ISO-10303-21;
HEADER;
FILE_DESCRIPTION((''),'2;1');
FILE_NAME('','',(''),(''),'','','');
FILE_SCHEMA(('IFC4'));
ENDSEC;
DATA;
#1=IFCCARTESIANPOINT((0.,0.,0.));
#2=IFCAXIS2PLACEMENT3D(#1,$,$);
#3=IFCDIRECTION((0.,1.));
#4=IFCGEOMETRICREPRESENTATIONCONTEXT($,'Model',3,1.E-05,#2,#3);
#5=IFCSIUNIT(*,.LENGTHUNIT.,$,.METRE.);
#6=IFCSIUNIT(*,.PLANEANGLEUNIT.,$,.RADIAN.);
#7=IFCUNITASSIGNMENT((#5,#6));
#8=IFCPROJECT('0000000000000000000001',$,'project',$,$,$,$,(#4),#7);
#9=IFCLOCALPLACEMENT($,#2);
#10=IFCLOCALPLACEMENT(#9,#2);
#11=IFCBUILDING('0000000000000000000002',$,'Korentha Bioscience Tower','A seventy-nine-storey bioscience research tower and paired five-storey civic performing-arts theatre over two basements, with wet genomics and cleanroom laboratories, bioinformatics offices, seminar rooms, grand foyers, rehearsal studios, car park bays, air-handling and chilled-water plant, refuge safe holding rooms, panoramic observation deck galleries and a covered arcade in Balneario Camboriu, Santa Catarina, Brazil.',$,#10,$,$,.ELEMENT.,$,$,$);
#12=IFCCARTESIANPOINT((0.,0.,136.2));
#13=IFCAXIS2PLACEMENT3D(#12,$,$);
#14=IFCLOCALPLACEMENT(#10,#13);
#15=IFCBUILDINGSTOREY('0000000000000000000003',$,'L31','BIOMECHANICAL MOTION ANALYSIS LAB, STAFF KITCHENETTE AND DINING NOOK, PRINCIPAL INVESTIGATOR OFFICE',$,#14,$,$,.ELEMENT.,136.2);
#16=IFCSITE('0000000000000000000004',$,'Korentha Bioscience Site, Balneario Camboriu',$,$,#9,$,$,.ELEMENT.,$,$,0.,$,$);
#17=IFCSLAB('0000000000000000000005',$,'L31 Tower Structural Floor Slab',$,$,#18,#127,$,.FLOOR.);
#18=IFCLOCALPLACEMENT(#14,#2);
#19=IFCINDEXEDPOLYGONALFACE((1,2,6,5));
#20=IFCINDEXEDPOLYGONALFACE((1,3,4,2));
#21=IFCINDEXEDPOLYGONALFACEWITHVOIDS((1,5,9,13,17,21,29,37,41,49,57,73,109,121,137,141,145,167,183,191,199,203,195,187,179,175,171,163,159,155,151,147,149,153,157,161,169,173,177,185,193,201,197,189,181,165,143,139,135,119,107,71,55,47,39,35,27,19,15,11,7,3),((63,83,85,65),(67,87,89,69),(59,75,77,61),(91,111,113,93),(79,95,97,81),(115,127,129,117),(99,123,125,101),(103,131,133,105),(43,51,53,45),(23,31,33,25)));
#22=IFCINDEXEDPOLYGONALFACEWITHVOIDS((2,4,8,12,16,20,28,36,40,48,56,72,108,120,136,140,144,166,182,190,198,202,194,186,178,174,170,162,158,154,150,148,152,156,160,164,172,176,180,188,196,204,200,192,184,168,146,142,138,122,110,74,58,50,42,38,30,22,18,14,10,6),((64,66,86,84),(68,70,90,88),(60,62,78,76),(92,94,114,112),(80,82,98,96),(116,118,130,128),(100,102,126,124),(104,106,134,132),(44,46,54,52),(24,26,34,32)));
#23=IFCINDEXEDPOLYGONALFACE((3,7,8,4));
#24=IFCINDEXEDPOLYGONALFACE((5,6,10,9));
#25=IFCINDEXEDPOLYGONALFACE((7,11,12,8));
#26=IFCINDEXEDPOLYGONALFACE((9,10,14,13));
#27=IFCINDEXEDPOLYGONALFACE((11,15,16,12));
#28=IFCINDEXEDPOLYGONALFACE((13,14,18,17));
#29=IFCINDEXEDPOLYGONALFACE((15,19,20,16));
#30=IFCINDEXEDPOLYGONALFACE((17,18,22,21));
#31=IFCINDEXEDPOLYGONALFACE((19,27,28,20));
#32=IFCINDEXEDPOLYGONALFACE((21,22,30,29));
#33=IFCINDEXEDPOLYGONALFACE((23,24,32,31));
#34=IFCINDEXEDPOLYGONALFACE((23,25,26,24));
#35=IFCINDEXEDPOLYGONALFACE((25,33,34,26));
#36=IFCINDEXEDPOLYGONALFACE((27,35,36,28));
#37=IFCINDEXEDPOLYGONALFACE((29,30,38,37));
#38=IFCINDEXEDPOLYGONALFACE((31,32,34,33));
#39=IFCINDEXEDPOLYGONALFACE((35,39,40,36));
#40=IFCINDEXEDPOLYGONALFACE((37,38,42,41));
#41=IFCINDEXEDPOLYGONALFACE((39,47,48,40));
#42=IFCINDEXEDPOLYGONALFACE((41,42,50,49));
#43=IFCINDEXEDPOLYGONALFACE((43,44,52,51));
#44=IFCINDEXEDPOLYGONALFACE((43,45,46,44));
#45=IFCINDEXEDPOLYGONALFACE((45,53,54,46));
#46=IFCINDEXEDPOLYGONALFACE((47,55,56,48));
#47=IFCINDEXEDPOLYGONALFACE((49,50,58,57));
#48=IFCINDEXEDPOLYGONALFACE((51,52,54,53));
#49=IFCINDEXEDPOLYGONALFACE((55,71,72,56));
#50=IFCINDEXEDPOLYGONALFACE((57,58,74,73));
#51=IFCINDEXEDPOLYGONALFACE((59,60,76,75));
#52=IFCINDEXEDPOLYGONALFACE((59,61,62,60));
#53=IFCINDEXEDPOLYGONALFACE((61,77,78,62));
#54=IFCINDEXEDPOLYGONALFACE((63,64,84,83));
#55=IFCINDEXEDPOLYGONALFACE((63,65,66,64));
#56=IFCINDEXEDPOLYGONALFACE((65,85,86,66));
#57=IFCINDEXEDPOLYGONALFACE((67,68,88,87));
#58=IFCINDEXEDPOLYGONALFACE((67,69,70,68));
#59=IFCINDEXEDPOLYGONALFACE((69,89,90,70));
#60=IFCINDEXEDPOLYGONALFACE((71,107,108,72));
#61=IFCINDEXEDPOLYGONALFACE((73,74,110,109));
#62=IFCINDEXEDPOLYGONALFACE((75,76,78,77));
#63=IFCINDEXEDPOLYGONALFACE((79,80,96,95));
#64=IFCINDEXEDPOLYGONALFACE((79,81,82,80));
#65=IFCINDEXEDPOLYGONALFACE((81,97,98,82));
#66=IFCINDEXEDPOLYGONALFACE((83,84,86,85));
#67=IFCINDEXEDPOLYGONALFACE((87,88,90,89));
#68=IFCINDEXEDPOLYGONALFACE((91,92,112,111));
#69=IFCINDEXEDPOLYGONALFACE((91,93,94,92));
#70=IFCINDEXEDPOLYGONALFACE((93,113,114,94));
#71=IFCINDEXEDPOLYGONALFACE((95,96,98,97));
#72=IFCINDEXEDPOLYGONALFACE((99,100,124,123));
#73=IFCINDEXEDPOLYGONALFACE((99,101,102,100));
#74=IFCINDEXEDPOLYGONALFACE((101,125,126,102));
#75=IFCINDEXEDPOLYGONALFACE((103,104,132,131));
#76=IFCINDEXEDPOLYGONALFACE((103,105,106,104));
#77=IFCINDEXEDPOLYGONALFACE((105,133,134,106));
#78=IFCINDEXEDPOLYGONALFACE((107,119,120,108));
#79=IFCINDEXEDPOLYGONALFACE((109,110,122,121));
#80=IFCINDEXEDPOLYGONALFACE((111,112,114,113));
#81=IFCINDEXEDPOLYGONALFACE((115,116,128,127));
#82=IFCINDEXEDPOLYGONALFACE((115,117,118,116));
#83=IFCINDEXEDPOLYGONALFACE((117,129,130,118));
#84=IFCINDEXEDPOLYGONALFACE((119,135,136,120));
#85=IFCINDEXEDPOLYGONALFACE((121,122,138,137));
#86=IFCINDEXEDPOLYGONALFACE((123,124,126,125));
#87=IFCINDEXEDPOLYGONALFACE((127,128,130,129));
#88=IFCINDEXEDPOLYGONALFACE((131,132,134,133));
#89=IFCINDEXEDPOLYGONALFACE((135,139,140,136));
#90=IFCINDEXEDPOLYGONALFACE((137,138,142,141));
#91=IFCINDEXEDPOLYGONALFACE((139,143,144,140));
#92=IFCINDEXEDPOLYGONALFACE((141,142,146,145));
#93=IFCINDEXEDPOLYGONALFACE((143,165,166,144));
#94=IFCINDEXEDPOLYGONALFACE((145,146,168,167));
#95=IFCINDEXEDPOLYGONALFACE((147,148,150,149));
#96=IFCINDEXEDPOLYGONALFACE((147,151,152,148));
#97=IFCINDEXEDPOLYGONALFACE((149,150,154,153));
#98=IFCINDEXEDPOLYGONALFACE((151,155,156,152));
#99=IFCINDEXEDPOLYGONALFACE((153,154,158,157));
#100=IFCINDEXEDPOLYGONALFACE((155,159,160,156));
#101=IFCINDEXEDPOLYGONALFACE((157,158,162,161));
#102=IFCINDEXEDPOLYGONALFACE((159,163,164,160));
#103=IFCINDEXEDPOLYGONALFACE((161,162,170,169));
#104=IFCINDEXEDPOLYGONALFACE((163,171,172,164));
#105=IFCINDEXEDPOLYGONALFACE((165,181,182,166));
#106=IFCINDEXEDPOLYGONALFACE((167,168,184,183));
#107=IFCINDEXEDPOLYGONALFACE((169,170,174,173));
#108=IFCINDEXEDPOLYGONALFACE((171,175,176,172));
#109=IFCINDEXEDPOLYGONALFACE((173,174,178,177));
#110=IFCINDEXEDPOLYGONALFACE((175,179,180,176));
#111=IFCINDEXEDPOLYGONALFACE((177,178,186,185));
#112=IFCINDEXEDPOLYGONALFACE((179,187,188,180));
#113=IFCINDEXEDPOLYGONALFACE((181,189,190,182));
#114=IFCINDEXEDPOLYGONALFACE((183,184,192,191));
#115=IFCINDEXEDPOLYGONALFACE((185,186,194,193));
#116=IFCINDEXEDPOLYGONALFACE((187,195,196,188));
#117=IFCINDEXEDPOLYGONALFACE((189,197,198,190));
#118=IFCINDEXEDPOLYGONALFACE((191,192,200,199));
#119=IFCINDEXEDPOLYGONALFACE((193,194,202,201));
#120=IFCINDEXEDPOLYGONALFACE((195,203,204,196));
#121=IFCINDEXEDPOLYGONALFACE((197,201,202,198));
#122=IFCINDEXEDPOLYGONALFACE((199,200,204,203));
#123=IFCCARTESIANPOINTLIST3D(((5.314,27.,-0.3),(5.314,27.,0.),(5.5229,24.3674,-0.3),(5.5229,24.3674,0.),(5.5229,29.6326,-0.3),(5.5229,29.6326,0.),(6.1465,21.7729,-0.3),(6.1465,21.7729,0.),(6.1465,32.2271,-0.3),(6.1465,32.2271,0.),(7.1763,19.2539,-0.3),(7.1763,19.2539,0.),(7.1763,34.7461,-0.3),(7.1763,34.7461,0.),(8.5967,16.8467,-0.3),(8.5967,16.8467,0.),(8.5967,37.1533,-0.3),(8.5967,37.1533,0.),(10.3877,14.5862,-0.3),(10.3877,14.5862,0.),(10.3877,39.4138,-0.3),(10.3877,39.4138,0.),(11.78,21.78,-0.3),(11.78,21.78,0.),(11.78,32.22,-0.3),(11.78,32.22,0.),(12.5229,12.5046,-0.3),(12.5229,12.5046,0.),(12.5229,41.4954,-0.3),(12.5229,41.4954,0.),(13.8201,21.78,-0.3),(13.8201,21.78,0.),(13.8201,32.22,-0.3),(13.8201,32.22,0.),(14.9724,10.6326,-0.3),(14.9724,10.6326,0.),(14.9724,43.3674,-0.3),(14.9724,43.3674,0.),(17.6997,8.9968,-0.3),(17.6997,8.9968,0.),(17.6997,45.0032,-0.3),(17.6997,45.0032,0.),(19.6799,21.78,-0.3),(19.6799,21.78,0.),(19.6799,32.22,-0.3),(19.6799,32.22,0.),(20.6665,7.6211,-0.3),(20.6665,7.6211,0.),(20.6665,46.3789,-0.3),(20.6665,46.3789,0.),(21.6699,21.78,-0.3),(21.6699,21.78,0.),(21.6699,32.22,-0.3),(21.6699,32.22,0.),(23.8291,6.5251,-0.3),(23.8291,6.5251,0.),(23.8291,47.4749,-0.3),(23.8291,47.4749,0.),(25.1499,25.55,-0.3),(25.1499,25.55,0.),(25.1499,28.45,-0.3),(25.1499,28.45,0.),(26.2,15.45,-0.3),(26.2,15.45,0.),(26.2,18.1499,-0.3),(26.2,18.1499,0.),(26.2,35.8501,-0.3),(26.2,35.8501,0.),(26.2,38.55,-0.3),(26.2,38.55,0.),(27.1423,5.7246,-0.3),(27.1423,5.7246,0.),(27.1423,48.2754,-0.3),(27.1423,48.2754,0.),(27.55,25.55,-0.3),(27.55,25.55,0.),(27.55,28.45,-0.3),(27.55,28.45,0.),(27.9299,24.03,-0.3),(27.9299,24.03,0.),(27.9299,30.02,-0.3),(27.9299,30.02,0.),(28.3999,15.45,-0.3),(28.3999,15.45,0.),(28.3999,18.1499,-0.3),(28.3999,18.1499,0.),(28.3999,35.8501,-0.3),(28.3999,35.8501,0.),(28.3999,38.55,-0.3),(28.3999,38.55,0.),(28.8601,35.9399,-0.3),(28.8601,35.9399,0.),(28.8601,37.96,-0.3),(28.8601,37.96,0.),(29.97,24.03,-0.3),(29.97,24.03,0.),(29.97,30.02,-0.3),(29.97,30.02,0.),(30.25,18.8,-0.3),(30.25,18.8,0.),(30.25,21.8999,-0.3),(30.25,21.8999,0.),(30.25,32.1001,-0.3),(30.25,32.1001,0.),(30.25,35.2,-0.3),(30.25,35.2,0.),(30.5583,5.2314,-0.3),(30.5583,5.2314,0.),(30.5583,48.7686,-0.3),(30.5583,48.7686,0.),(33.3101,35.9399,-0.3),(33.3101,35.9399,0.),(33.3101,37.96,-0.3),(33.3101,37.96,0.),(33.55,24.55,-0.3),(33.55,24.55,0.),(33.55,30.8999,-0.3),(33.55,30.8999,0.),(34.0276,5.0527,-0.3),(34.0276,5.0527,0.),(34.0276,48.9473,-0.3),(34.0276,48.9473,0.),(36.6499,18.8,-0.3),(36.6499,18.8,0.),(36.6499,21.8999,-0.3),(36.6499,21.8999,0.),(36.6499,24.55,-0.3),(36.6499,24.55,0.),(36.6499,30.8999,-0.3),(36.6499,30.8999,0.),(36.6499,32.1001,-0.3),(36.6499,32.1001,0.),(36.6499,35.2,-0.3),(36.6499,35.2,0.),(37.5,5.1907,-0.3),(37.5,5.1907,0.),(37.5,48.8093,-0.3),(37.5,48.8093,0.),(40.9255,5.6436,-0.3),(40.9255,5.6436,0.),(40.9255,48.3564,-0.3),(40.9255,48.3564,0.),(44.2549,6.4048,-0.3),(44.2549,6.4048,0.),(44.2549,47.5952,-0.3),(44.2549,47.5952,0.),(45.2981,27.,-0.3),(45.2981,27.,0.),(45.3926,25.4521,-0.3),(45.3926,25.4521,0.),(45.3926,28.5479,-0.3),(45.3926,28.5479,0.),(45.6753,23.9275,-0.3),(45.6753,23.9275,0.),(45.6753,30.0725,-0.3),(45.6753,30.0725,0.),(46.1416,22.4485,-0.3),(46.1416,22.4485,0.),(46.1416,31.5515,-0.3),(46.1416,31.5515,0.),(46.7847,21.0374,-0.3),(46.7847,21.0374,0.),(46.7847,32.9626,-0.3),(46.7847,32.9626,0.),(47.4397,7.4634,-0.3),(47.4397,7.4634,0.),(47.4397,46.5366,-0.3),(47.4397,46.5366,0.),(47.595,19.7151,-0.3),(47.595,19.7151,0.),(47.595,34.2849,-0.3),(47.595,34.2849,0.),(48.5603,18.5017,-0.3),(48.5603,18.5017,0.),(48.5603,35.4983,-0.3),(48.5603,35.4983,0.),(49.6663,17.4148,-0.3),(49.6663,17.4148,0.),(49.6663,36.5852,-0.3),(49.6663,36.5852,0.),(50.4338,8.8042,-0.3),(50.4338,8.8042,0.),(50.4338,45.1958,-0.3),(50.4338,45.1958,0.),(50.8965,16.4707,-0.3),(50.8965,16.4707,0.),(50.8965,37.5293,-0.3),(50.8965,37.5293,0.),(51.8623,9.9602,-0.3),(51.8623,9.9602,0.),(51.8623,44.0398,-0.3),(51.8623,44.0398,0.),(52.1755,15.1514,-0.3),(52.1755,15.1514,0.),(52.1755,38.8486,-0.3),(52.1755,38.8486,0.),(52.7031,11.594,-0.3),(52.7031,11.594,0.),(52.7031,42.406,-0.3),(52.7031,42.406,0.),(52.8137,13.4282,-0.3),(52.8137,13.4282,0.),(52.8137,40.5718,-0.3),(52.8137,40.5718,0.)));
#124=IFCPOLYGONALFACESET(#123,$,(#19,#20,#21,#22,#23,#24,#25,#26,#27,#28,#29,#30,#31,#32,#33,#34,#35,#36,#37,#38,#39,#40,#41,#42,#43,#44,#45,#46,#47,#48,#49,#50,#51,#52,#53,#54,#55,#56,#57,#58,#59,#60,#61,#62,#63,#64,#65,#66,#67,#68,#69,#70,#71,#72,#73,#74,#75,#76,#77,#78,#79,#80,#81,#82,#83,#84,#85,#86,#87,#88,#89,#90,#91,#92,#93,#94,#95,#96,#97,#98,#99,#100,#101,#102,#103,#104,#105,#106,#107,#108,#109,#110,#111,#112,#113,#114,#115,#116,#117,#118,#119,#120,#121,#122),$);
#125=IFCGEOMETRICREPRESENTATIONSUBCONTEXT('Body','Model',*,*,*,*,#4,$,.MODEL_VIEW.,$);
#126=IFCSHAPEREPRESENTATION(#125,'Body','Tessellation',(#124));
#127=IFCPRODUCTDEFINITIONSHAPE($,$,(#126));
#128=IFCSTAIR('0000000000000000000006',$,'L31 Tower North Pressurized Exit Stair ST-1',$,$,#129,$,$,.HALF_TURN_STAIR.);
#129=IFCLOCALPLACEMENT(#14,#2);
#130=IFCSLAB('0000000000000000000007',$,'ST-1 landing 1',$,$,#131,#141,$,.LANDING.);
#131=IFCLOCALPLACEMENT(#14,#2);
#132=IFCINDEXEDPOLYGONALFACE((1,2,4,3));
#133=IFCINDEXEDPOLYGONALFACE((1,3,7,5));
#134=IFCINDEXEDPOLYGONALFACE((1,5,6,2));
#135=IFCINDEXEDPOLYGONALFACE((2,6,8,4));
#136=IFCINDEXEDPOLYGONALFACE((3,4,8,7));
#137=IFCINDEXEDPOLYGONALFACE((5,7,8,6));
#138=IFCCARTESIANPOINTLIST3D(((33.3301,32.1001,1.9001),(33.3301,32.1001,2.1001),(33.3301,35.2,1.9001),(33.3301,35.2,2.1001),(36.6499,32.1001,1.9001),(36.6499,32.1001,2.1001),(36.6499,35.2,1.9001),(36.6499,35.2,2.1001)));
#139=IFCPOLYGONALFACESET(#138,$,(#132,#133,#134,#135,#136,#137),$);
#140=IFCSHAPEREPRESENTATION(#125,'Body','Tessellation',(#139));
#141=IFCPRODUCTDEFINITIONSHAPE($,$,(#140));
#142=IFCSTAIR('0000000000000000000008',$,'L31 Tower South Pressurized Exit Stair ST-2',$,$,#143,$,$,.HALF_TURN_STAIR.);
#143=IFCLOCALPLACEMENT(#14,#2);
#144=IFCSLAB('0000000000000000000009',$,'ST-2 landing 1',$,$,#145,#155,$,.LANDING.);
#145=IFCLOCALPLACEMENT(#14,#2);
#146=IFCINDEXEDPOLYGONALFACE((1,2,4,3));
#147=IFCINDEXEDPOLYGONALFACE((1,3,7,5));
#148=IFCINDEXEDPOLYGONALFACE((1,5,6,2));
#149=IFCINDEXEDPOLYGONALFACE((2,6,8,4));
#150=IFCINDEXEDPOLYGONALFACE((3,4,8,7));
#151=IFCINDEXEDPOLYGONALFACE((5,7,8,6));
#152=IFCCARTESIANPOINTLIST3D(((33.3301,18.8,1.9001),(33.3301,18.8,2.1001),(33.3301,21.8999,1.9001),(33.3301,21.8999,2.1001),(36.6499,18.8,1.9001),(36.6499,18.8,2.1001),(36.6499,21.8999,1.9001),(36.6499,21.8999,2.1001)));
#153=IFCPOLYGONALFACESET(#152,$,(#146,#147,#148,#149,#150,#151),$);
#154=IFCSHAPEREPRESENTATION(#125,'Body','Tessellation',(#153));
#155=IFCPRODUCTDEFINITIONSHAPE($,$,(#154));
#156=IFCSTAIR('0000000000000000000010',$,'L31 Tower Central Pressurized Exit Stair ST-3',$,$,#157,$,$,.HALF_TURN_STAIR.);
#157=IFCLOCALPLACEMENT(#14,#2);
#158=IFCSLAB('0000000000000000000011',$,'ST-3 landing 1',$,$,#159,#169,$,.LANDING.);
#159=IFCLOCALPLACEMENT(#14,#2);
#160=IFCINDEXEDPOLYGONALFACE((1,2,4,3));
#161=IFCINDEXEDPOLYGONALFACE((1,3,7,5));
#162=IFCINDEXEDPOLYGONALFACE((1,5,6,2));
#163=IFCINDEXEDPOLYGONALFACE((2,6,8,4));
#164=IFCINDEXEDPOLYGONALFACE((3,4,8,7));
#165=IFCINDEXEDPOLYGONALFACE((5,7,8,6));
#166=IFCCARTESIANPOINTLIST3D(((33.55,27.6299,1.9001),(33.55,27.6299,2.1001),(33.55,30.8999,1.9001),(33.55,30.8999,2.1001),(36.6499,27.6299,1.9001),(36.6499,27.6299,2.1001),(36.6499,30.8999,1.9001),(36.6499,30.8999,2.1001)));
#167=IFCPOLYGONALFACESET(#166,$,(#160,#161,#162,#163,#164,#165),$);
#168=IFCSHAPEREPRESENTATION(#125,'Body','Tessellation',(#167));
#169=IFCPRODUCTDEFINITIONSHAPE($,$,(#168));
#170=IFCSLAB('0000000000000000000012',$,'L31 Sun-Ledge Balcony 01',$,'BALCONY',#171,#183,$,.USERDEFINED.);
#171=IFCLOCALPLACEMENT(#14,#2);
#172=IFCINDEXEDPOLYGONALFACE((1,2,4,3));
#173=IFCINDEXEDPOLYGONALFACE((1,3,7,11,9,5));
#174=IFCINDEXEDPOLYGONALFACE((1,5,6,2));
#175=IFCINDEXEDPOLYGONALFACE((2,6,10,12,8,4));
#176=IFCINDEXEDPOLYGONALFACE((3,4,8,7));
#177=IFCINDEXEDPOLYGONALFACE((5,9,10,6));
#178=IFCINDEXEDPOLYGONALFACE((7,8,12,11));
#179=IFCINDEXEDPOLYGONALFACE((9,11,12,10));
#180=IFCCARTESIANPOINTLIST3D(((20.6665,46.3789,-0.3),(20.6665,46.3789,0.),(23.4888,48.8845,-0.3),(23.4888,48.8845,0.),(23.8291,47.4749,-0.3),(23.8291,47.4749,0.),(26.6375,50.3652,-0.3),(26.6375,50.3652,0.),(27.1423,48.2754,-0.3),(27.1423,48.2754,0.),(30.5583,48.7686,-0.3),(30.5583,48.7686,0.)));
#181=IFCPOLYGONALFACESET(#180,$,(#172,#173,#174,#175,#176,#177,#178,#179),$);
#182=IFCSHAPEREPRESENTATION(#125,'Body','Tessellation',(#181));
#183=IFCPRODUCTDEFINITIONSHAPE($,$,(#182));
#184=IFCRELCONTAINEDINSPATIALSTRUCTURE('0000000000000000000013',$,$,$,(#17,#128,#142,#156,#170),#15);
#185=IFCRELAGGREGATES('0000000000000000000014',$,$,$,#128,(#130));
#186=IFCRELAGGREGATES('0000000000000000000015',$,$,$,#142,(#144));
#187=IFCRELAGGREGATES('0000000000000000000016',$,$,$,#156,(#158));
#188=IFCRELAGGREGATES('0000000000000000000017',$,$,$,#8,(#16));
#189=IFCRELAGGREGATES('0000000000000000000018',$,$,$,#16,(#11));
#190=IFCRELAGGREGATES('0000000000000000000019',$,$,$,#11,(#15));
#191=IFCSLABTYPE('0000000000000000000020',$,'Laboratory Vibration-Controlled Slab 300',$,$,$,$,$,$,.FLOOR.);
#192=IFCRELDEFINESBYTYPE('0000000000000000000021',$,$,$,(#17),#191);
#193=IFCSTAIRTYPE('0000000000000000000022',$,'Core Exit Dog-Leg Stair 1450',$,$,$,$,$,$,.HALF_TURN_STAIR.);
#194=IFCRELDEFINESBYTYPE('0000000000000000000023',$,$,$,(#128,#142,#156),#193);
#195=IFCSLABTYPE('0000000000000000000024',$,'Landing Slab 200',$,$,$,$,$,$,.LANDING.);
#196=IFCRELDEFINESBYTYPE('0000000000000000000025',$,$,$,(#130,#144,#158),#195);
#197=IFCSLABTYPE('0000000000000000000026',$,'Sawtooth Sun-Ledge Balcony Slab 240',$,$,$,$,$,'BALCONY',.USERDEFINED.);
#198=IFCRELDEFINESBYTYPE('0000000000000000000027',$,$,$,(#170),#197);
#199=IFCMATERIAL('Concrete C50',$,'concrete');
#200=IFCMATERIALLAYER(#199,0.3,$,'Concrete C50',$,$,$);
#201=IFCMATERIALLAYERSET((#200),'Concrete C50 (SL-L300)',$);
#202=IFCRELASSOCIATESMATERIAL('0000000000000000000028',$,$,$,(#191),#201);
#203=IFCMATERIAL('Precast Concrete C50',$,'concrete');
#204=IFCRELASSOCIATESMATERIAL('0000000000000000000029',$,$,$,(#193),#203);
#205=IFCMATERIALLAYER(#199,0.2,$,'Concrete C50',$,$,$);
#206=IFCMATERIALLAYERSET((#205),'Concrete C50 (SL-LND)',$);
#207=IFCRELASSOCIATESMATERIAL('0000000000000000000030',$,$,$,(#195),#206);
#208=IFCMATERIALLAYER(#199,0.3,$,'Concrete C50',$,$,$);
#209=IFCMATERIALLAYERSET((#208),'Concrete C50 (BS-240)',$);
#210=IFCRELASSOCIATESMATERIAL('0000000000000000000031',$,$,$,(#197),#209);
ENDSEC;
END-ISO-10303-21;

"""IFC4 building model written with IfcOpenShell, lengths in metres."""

from ifc_helpers import new_model, si_unit, direction, frame, origin, place, context, subcontext, project, spatial, polyline, outline, extrude, material, layer, layer_set, type_object, element, aggregate, save


model = new_model("IFC4")

# Units and contexts
model_context = context("Model", 3, precision=1e-05, world=origin(), true_north=direction((0.0, 1.0)))
body_context = subcontext(model_context, "Body", "Model", "MODEL_VIEW")
ifc_project = project(units=[si_unit("LENGTHUNIT", "METRE"), si_unit("PLANEANGLEUNIT", "RADIAN")], contexts=[model_context])

# Site, building, storey
site_placement = place(None, origin())
site = spatial("IfcSite", under=ifc_project, at=site_placement, Name="Korentha Bioscience Site, Balneario Camboriu", CompositionType="ELEMENT", RefElevation=0.0)
building_placement = place(site_placement, origin())
building = spatial("IfcBuilding", under=site, at=building_placement, Name="Korentha Bioscience Tower", Description="A seventy-nine-storey bioscience research tower and paired five-storey civic performing-arts theatre over two basements, with wet genomics and cleanroom laboratories, bioinformatics offices, seminar rooms, grand foyers, rehearsal studios, car park bays, air-handling and chilled-water plant, refuge safe holding rooms, panoramic observation deck galleries and a covered arcade in Balneario Camboriu, Santa Catarina, Brazil.", CompositionType="ELEMENT")
storey_placement = place(building_placement, frame((0.0, 0.0, 136.2)))
storey = spatial("IfcBuildingStorey", under=building, at=storey_placement, Name="L31", Description="BIOMECHANICAL MOTION ANALYSIS LAB, STAFF KITCHENETTE AND DINING NOOK, PRINCIPAL INVESTIGATOR OFFICE", CompositionType="ELEMENT", Elevation=136.2)

# Slab
ifc_material_1 = material(Name="Concrete C50", Category="concrete")
ifc_layer_1 = layer(ifc_material_1, 0.3, Name="Concrete C50")
ifc_layer_set_1 = layer_set([ifc_layer_1], Name="Concrete C50 (SL-L300)")
slab_type_1 = type_object("IfcSlabType", Name="Laboratory Vibration-Controlled Slab 300", PredefinedType="FLOOR", material=ifc_layer_set_1)
slab_1_placement = place(storey_placement, frame((0.0, 0.0, -0.3)))
element("IfcSlab", 1, at=slab_1_placement, inside=storey, type_object=slab_type_1, Name="L31 Tower Structural Floor Slab", PredefinedType="FLOOR", context=body_context, shape_type="SweptSolid", body=[
    extrude(outline(polyline([(50.4338, 45.1958), (47.4397, 46.5366), (44.2549, 47.5952), (40.9255, 48.3564), (37.5, 48.8093), (34.0276, 48.9473), (30.5583, 48.7686), (27.1423, 48.2754), (23.8291, 47.4749), (20.6665, 46.3789), (17.6997, 45.0032), (14.9724, 43.3674), (12.5229, 41.4954), (10.3877, 39.4138), (8.5967, 37.1533), (7.1763, 34.7461), (6.1465, 32.2271), (5.5229, 29.6326), (5.314, 27.0), (5.5229, 24.3674), (6.1465, 21.7729), (7.1763, 19.2539), (8.5967, 16.8467), (10.3877, 14.5862), (12.5229, 12.5046), (14.9724, 10.6326), (17.6997, 8.9968), (20.6665, 7.6211), (23.8291, 6.5251), (27.1423, 5.7246), (30.5583, 5.2314), (34.0276, 5.0527), (37.5, 5.1907), (40.9255, 5.6436), (44.2549, 6.4048), (47.4397, 7.4634), (50.4338, 8.8042), (51.8623, 9.9602), (52.7031, 11.594), (52.8137, 13.4282), (52.1755, 15.1514), (50.8965, 16.4707), (49.6663, 17.4148), (48.5603, 18.5017), (47.595, 19.7151), (46.7847, 21.0374), (46.1416, 22.4485), (45.6753, 23.9275), (45.3926, 25.4521), (45.2981, 27.0), (45.3926, 28.5479), (45.6753, 30.0725), (46.1416, 31.5515), (46.7847, 32.9626), (47.595, 34.2849), (48.5603, 35.4983), (49.6663, 36.5852), (50.8965, 37.5293), (52.1755, 38.8486), (52.8137, 40.5718), (52.7031, 42.406), (51.8623, 44.0398), (50.4338, 45.1958)]), holes=[polyline([(30.25, 32.1001), (36.6499, 32.1001), (36.6499, 35.2), (30.25, 35.2), (30.25, 32.1001)]), polyline([(30.25, 18.8), (36.6499, 18.8), (36.6499, 21.8999), (30.25, 21.8999), (30.25, 18.8)]), polyline([(36.6499, 24.55), (36.6499, 30.8999), (33.55, 30.8999), (33.55, 24.55), (36.6499, 24.55)]), polyline([(11.78, 21.78), (13.8201, 21.78), (13.8201, 32.22), (11.78, 32.22), (11.78, 21.78)]), polyline([(19.6799, 21.78), (21.6699, 21.78), (21.6699, 32.22), (19.6799, 32.22), (19.6799, 21.78)]), polyline([(27.9299, 24.03), (29.97, 24.03), (29.97, 30.02), (27.9299, 30.02), (27.9299, 24.03)]), polyline([(28.8601, 35.9399), (33.3101, 35.9399), (33.3101, 37.96), (28.8601, 37.96), (28.8601, 35.9399)]), polyline([(26.2, 15.45), (28.3999, 15.45), (28.3999, 18.1499), (26.2, 18.1499), (26.2, 15.45)]), polyline([(26.2, 35.8501), (28.3999, 35.8501), (28.3999, 38.55), (26.2, 38.55), (26.2, 35.8501)]), polyline([(25.1499, 25.55), (27.55, 25.55), (27.55, 28.45), (25.1499, 28.45), (25.1499, 25.55)])]), origin(), (0.0, 0.0, 1.0), 0.3),
])

# Stairs, slabs
ifc_material_2 = material(Name="Precast Concrete C50", Category="concrete")
stair_type = type_object("IfcStairType", Name="Core Exit Dog-Leg Stair 1450", PredefinedType="HALF_TURN_STAIR", material=ifc_material_2)
stair_1_placement = place(storey_placement, origin())
stair_1 = element("IfcStair", 2, at=stair_1_placement, inside=storey, type_object=stair_type, Name="L31 Tower North Pressurized Exit Stair ST-1", PredefinedType="HALF_TURN_STAIR")
ifc_layer_2 = layer(ifc_material_1, 0.2, Name="Concrete C50")
ifc_layer_set_2 = layer_set([ifc_layer_2], Name="Concrete C50 (SL-LND)")
slab_type_2 = type_object("IfcSlabType", Name="Landing Slab 200", PredefinedType="LANDING", material=ifc_layer_set_2)
slab_2_placement = place(storey_placement, frame((0.0, 0.0, 1.9001)))
slab_2 = element("IfcSlab", 3, at=slab_2_placement, type_object=slab_type_2, Name="ST-1 landing 1", PredefinedType="LANDING", context=body_context, shape_type="SweptSolid", body=[
    extrude(outline(polyline([(33.3301, 32.1001), (36.6499, 32.1001), (36.6499, 35.2), (33.3301, 35.2), (33.3301, 32.1001)])), origin(), (0.0, 0.0, 1.0), 0.2),
])
aggregate(stair_1, [slab_2])
stair_2_placement = place(storey_placement, origin())
stair_2 = element("IfcStair", 4, at=stair_2_placement, inside=storey, type_object=stair_type, Name="L31 Tower South Pressurized Exit Stair ST-2", PredefinedType="HALF_TURN_STAIR")
slab_3_placement = place(storey_placement, frame((0.0, 0.0, 1.9001)))
slab_3 = element("IfcSlab", 5, at=slab_3_placement, type_object=slab_type_2, Name="ST-2 landing 1", PredefinedType="LANDING", context=body_context, shape_type="SweptSolid", body=[
    extrude(outline(polyline([(33.3301, 18.8), (36.6499, 18.8), (36.6499, 21.8999), (33.3301, 21.8999), (33.3301, 18.8)])), origin(), (0.0, 0.0, 1.0), 0.2),
])
aggregate(stair_2, [slab_3])
stair_3_placement = place(storey_placement, origin())
stair_3 = element("IfcStair", 6, at=stair_3_placement, inside=storey, type_object=stair_type, Name="L31 Tower Central Pressurized Exit Stair ST-3", PredefinedType="HALF_TURN_STAIR")
slab_4_placement = place(storey_placement, frame((0.0, 0.0, 1.9001)))
slab_4 = element("IfcSlab", 7, at=slab_4_placement, type_object=slab_type_2, Name="ST-3 landing 1", PredefinedType="LANDING", context=body_context, shape_type="SweptSolid", body=[
    extrude(outline(polyline([(36.6499, 27.6299), (36.6499, 30.8999), (33.55, 30.8999), (33.55, 27.6299), (36.6499, 27.6299)])), origin(), (0.0, 0.0, 1.0), 0.2),
])
aggregate(stair_3, [slab_4])

# Slab
ifc_layer_3 = layer(ifc_material_1, 0.3, Name="Concrete C50")
ifc_layer_set_3 = layer_set([ifc_layer_3], Name="Concrete C50 (BS-240)")
slab_type_3 = type_object("IfcSlabType", Name="Sawtooth Sun-Ledge Balcony Slab 240", ElementType="BALCONY", PredefinedType="USERDEFINED", material=ifc_layer_set_3)
slab_5_placement = place(storey_placement, frame((0.0, 0.0, -0.3)))
element("IfcSlab", 8, at=slab_5_placement, inside=storey, type_object=slab_type_3, Name="L31 Sun-Ledge Balcony 01", ObjectType="BALCONY", PredefinedType="USERDEFINED", context=body_context, shape_type="SweptSolid", body=[
    extrude(outline(polyline([(20.6665, 46.3789), (23.8291, 47.4749), (27.1423, 48.2754), (30.5583, 48.7686), (26.6375, 50.3652), (23.4888, 48.8845), (20.6665, 46.3789)])), origin(), (0.0, 0.0, 1.0), 0.3),
])

save(model, "model.ifc")
